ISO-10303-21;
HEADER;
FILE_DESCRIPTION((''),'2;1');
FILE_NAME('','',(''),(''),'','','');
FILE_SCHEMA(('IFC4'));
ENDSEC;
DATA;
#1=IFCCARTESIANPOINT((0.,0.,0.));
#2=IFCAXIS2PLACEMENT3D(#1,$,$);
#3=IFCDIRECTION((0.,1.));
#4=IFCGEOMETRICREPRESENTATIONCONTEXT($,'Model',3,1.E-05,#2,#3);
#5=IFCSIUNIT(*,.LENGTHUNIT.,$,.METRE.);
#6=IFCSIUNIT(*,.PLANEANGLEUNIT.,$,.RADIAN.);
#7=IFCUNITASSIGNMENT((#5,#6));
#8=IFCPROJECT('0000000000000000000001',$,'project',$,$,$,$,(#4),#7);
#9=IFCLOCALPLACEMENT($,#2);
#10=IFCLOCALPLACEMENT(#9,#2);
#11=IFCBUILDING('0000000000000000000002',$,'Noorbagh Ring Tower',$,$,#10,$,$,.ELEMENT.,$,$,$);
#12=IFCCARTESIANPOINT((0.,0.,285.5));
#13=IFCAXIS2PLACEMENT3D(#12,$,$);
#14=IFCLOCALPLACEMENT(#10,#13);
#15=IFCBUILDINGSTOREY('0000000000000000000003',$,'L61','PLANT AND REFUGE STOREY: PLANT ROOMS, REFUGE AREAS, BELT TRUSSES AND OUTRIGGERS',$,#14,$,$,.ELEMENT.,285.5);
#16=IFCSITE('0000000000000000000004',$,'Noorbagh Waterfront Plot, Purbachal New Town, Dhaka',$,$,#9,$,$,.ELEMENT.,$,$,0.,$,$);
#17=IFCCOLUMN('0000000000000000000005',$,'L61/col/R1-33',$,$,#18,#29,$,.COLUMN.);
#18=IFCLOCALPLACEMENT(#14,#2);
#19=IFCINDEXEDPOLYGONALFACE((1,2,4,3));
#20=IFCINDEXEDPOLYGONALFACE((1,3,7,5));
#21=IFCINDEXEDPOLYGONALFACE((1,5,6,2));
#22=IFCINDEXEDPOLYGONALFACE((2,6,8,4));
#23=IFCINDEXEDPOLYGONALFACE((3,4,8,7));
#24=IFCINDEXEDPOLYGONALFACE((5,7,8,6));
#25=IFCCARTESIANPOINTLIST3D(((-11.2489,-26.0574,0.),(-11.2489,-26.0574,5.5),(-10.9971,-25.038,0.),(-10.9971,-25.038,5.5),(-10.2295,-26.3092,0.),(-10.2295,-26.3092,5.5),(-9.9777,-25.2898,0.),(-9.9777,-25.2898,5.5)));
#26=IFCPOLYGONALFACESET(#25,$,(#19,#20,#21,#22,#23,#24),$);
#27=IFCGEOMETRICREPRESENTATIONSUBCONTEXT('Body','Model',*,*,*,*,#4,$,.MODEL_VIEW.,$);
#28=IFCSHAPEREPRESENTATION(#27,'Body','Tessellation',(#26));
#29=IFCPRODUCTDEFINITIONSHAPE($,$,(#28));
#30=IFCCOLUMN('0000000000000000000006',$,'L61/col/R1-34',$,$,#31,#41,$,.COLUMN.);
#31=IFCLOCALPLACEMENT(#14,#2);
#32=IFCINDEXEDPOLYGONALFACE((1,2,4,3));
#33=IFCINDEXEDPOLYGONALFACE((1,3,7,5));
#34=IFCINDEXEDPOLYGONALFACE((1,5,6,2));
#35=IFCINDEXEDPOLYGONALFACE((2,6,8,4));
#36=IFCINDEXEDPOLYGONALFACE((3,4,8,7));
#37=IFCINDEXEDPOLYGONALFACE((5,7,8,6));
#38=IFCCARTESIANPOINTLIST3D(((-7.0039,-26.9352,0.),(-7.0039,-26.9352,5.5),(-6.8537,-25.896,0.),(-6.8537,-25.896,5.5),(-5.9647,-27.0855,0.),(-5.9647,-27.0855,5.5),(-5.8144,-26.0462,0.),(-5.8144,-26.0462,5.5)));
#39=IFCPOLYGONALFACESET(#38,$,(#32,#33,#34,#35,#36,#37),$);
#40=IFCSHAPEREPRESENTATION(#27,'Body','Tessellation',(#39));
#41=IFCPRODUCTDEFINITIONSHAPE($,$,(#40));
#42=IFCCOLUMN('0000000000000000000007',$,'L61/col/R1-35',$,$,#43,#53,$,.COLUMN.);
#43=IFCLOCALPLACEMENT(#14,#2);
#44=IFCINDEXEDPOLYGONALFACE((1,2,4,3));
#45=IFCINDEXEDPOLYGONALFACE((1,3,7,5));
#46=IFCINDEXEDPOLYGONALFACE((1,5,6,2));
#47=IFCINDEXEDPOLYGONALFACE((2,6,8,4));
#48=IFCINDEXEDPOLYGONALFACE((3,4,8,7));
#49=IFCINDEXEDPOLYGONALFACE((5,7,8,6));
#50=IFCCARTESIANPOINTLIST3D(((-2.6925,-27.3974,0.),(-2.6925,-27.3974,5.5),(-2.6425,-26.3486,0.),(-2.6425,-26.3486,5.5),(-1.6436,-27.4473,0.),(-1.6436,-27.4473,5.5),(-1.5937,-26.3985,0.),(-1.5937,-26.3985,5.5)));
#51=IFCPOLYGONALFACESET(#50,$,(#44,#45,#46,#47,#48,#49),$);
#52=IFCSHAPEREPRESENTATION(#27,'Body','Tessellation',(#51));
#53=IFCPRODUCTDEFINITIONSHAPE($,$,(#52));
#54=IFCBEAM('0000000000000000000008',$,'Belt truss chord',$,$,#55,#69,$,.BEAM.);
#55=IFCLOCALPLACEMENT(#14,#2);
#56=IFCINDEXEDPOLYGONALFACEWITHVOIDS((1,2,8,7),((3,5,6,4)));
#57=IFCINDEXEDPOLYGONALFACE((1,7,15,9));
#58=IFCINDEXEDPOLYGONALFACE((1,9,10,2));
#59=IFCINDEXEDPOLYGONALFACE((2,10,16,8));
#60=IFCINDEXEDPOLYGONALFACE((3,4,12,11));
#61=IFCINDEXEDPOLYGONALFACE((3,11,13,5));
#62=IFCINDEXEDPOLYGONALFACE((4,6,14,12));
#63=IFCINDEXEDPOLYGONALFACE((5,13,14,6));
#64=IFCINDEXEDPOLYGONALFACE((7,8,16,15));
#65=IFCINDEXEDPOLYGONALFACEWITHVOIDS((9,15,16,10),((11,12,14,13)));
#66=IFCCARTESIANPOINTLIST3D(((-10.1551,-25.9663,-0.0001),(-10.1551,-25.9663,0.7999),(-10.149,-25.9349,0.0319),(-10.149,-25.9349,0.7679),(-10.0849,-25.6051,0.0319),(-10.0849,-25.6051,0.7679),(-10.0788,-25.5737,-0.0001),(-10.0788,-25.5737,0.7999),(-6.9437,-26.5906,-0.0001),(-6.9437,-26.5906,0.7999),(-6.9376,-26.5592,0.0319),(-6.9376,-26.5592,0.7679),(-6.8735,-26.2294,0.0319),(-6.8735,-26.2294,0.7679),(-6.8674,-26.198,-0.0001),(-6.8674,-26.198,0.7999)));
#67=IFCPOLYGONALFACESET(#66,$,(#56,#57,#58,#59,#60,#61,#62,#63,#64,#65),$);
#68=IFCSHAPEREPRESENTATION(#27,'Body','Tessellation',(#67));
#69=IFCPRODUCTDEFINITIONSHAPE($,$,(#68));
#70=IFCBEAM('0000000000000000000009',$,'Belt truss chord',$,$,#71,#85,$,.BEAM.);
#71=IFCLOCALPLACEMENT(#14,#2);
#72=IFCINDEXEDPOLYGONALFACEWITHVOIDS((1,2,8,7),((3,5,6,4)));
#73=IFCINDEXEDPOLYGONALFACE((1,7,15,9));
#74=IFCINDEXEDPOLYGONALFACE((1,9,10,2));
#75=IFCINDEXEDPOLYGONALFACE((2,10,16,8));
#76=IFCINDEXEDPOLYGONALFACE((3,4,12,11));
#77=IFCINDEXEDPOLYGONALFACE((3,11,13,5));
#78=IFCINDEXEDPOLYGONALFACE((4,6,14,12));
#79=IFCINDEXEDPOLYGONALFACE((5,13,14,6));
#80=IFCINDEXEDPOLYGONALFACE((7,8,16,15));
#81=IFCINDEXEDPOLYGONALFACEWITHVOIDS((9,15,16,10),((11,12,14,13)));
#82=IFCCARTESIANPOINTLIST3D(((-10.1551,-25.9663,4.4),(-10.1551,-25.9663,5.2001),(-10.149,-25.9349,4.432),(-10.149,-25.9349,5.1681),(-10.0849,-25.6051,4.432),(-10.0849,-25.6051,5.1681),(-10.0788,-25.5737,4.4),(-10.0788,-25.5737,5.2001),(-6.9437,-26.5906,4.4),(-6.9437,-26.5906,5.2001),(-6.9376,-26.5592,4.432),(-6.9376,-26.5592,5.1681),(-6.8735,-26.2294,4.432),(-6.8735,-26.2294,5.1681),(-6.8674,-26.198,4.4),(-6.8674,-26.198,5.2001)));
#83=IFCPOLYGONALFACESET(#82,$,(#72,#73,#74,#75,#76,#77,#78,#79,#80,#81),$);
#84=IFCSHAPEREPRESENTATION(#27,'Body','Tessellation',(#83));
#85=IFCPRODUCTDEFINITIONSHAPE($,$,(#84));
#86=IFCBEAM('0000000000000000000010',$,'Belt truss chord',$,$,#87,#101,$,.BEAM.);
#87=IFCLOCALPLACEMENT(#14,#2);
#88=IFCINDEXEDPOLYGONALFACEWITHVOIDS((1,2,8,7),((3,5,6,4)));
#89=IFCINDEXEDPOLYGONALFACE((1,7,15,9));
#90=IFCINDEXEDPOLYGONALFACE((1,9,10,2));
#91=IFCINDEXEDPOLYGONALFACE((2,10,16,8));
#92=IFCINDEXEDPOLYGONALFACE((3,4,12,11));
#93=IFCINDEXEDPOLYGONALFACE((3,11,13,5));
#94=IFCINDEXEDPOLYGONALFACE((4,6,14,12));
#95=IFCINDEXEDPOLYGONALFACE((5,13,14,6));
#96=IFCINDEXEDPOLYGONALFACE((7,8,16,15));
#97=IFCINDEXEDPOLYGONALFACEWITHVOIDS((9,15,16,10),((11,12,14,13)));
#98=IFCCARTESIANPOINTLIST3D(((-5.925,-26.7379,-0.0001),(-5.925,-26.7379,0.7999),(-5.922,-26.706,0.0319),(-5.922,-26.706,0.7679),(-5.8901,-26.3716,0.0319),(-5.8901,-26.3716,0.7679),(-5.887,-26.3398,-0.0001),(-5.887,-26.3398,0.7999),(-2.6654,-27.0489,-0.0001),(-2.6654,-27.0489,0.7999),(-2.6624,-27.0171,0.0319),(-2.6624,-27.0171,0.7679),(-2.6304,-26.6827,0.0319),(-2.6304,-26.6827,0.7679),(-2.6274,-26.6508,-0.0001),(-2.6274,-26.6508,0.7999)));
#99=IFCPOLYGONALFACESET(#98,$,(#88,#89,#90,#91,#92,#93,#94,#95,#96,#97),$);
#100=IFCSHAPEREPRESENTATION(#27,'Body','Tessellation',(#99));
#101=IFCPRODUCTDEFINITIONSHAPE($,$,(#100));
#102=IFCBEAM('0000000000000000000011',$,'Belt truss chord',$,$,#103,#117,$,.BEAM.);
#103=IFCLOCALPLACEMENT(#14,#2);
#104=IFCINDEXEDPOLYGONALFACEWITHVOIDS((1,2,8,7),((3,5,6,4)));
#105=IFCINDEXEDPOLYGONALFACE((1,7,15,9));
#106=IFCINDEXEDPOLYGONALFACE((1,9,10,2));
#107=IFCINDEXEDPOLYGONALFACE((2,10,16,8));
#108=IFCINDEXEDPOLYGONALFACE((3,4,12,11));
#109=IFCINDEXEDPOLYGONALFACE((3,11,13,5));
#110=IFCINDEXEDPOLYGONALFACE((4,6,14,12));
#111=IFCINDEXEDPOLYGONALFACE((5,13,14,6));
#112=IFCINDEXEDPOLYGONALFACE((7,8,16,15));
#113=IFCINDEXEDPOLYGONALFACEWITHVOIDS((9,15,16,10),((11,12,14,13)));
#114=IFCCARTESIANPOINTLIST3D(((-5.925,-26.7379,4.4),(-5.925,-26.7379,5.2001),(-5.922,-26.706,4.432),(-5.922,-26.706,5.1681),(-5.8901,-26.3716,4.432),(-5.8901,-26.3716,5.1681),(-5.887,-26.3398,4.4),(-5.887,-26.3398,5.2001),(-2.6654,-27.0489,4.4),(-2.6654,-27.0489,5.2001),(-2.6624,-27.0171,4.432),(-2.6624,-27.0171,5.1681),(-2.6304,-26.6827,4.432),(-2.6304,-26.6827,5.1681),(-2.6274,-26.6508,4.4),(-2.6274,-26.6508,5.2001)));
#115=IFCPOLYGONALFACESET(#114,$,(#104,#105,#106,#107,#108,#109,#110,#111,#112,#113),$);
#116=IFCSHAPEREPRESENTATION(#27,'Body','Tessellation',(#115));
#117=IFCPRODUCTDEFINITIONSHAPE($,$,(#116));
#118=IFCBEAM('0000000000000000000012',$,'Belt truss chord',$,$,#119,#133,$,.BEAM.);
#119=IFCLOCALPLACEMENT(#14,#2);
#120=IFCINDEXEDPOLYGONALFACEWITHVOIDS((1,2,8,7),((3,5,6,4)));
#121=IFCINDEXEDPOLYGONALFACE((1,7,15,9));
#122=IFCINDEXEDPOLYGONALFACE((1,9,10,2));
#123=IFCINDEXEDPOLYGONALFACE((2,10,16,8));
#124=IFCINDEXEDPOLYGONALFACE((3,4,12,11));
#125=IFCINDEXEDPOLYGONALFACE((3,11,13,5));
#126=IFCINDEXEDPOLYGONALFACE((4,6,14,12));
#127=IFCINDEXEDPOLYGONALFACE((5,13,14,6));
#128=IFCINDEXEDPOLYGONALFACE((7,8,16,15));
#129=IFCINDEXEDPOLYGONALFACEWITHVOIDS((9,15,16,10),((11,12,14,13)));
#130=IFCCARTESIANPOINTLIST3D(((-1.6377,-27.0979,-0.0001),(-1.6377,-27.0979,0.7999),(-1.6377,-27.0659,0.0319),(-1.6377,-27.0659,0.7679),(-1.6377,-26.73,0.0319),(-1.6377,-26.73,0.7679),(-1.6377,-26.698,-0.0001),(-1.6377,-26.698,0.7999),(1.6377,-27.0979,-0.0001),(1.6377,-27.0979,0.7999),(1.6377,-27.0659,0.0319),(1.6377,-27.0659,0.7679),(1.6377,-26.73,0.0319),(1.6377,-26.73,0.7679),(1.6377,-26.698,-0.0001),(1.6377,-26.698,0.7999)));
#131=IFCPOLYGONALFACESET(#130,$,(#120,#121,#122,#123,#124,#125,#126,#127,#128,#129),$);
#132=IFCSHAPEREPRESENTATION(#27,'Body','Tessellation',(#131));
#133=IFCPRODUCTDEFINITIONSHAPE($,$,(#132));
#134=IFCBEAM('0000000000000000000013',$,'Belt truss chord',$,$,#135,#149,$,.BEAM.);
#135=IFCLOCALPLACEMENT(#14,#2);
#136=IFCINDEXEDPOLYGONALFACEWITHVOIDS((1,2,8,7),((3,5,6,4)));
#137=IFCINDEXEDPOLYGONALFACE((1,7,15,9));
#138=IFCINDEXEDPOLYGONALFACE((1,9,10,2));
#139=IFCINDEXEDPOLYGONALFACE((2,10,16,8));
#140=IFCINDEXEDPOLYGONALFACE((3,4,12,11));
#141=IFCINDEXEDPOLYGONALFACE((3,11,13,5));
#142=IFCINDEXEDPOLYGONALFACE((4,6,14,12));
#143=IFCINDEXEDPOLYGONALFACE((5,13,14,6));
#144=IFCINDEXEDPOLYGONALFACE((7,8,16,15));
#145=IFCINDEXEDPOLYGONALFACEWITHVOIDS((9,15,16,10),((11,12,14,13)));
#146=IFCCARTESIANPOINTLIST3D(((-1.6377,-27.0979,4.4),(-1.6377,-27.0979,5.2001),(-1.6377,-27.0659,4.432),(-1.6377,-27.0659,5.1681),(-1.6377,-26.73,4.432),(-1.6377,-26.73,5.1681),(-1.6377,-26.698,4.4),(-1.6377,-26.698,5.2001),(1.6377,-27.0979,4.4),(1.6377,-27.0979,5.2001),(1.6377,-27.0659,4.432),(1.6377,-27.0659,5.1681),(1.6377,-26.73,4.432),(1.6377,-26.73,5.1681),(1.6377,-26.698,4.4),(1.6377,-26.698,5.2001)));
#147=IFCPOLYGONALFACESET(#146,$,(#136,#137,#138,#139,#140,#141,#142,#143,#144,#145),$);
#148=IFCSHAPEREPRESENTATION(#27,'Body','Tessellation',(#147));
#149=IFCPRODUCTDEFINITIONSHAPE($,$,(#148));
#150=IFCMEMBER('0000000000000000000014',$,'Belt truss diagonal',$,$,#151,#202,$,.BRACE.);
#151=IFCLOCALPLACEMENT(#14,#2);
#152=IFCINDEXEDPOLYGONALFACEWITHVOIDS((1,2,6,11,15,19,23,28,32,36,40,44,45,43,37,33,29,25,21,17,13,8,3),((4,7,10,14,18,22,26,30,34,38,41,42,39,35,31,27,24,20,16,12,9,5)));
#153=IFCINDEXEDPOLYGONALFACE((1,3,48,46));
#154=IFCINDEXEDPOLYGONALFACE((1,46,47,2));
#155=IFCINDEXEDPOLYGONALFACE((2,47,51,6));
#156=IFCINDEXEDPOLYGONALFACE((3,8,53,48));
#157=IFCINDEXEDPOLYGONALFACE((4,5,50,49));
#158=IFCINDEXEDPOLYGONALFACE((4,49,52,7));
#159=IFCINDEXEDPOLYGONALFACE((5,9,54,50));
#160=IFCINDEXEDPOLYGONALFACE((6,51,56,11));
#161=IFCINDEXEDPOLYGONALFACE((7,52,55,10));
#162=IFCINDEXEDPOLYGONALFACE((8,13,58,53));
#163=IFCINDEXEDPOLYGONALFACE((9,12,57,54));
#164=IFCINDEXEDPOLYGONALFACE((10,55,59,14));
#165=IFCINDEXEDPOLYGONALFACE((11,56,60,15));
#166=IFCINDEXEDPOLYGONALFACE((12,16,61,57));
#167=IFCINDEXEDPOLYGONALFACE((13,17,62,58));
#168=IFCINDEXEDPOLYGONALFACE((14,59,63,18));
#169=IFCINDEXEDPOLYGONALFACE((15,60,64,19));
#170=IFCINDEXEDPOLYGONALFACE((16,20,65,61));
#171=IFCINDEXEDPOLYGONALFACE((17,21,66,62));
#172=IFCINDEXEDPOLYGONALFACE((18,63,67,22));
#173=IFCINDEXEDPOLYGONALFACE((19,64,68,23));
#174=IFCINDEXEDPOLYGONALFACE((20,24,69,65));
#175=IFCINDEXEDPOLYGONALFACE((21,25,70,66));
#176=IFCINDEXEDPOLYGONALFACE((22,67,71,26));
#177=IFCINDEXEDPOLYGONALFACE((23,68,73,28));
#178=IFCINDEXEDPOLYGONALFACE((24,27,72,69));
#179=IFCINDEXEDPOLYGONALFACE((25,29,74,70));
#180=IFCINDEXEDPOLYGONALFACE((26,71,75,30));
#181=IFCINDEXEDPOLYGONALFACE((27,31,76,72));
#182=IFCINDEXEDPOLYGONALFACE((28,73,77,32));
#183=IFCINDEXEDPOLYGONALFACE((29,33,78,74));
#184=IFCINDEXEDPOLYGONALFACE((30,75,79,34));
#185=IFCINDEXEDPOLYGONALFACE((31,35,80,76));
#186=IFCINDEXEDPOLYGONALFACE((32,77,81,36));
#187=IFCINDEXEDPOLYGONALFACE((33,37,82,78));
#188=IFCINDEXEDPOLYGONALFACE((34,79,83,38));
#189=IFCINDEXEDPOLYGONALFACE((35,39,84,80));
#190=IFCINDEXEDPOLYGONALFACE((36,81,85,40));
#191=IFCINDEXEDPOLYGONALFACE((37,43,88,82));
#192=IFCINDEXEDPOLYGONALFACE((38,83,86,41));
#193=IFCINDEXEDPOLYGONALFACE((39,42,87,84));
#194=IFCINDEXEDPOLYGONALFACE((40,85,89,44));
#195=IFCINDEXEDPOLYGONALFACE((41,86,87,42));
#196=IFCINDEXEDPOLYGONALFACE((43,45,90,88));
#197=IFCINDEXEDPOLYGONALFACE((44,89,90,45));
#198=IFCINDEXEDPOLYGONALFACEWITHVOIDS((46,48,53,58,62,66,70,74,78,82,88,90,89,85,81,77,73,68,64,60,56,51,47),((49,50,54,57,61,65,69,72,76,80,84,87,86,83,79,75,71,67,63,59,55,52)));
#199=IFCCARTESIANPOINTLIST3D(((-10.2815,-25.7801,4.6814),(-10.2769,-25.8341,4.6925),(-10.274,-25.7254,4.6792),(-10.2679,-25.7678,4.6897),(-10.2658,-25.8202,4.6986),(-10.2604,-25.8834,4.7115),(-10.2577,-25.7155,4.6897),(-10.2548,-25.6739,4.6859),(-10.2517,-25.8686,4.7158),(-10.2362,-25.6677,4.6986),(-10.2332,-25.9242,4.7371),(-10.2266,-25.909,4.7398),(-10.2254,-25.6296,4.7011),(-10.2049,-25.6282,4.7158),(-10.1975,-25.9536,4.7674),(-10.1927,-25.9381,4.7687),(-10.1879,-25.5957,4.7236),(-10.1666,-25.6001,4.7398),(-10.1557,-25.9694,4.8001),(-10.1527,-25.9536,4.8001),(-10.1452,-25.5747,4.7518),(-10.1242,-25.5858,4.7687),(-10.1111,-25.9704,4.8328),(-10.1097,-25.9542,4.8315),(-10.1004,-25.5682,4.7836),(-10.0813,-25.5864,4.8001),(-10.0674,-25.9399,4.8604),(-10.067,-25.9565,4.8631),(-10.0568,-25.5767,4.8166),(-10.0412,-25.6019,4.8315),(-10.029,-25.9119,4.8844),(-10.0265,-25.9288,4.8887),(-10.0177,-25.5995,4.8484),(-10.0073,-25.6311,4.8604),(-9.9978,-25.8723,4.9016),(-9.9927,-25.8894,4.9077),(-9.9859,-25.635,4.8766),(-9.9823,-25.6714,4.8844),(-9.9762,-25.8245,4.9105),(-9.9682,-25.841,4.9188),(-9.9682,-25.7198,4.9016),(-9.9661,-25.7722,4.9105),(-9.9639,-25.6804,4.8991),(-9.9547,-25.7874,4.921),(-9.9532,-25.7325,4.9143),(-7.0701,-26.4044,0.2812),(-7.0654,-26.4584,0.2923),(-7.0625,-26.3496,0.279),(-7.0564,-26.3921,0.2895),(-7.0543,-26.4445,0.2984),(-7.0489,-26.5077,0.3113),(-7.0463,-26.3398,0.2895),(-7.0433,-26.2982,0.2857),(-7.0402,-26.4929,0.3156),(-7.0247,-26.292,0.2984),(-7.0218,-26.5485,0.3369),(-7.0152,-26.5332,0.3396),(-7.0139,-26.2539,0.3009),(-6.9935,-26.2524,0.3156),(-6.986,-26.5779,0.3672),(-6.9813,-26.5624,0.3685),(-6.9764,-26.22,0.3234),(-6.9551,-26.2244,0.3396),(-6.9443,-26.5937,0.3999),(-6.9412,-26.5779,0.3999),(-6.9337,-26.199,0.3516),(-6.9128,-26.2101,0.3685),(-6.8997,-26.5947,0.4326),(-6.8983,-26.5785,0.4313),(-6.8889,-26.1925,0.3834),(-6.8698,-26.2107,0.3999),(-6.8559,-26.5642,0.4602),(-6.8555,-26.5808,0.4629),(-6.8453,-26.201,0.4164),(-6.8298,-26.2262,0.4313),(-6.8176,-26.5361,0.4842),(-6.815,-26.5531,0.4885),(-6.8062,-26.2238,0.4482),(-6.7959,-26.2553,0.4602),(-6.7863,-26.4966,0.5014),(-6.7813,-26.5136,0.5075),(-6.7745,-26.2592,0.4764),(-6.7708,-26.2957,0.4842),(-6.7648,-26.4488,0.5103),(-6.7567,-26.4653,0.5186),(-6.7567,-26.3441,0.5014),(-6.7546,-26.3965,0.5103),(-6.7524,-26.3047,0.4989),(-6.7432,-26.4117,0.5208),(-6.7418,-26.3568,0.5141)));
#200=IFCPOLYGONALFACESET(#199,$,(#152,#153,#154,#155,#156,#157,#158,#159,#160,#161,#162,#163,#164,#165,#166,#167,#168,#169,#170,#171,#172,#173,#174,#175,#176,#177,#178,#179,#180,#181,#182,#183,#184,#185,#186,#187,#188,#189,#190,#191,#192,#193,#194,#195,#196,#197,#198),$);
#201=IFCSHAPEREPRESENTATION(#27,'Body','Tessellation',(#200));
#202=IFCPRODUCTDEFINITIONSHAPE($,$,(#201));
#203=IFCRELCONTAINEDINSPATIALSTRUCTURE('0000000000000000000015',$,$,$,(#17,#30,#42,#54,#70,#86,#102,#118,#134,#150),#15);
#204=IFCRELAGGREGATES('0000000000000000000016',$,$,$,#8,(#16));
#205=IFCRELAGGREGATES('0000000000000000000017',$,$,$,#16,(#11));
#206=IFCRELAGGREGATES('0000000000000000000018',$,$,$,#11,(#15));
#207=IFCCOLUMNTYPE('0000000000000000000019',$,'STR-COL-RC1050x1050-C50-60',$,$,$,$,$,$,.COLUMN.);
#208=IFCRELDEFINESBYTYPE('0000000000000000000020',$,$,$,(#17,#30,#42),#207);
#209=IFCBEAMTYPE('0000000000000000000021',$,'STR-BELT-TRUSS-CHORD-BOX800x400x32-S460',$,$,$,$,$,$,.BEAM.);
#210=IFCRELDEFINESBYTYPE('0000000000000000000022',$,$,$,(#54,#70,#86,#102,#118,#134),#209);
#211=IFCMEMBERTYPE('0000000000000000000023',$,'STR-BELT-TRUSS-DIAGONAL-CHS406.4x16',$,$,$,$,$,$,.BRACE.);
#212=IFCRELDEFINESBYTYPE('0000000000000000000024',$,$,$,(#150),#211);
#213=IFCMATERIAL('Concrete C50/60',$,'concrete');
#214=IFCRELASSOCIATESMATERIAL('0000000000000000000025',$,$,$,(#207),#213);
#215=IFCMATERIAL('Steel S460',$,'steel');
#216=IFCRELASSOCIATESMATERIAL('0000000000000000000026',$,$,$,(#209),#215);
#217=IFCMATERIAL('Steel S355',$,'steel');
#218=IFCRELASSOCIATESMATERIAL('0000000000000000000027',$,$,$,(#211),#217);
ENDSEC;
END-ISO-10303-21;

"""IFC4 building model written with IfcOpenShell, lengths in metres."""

from ifc_helpers import new_model, si_unit, direction, frame, origin, origin_2d, place, context, subcontext, project, spatial, rectangle, hollow_rectangle, hollow_circle, extrude, material, material_profile, profile_set, type_object, element, save


model = new_model("IFC4")

# Units and contexts
model_context = context("Model", 3, precision=1e-05, world=origin(), true_north=direction((0.0, 1.0)))
body_context = subcontext(model_context, "Body", "Model", "MODEL_VIEW")
ifc_project = project(units=[si_unit("LENGTHUNIT", "METRE"), si_unit("PLANEANGLEUNIT", "RADIAN")], contexts=[model_context])

# Site, building, storey
site_placement = place(None, origin())
site = spatial("IfcSite", under=ifc_project, at=site_placement, Name="Noorbagh Waterfront Plot, Purbachal New Town, Dhaka", CompositionType="ELEMENT", RefElevation=0.0)
building_placement = place(site_placement, origin())
building = spatial("IfcBuilding", under=site, at=building_placement, Name="Noorbagh Ring Tower", CompositionType="ELEMENT")
storey_placement = place(building_placement, frame((0.0, 0.0, 285.5)))
storey = spatial("IfcBuildingStorey", under=building, at=storey_placement, Name="L61", Description="PLANT AND REFUGE STOREY: PLANT ROOMS, REFUGE AREAS, BELT TRUSSES AND OUTRIGGERS", CompositionType="ELEMENT", Elevation=285.5)

# Columns
ifc_material_1 = material(Name="Concrete C50/60", Category="concrete")
ifc_material_profile_1 = material_profile(ifc_material_1, rectangle(XDim=1.05, YDim=1.05, at=origin_2d()), Name="RC1050x1050")
ifc_profile_set_1 = profile_set([ifc_material_profile_1], Name="Concrete C50/60")
column_type = type_object("IfcColumnType", Name="STR-COL-RC1050x1050-C50-60", PredefinedType="COLUMN", material=ifc_profile_set_1)
for number, where, z_axis, x_axis, name in (
    (1, (-10.6133, -25.6736, 0.0), (0.0, 0.0, 1.0), (0.970829, -0.239771, 0.0), "L61/col/R1-33"),
    (2, (-6.4092, -26.4907, 0.0), (0.0, 0.0, 1.0), (0.989713, -0.143066, 0.0), "L61/col/R1-34"),
    (3, (-2.1431, -26.8979, 0.0), (0.0, 0.0, 1.0), (0.998869, -0.047553, 0.0), "L61/col/R1-35"),
):
    element("IfcColumn", number, at=place(storey_placement, frame(where, z_axis=z_axis, x_axis=x_axis)), inside=storey, type_object=column_type, Name=name, PredefinedType="COLUMN", context=body_context, shape_type="SweptSolid", body=[
        extrude(rectangle(XDim=1.05, YDim=1.05, at=origin_2d()), origin(), (0.0, 0.0, 1.0), 5.5),
    ])

# Beams
ifc_material_2 = material(Name="Steel S460", Category="steel")
ifc_material_profile_2 = material_profile(ifc_material_2, hollow_rectangle(XDim=0.3999, YDim=0.8, WallThickness=0.032, at=origin_2d()), Name="BOX800x400x32")
ifc_profile_set_2 = profile_set([ifc_material_profile_2], Name="Steel S460")
beam_type_1 = type_object("IfcBeamType", Name="STR-BELT-TRUSS-CHORD-BOX800x400x32-S460", PredefinedType="BEAM", material=ifc_profile_set_2)
for number, where, z_axis, x_axis, name in (
    (4, (-10.1169, -25.77, 0.3999), (0.981625, -0.190818, 0.0), (0.190818, 0.981625, 0.0), "Belt truss chord"),
    (5, (-10.1169, -25.77, 4.8), (0.981625, -0.190818, 0.0), (0.190818, 0.981625, 0.0), "Belt truss chord"),
):
    element("IfcBeam", number, at=place(storey_placement, frame(where, z_axis=z_axis, x_axis=x_axis)), inside=storey, type_object=beam_type_1, Name=name, PredefinedType="BEAM", context=body_context, shape_type="SweptSolid", body=[
        extrude(hollow_rectangle(XDim=0.3999, YDim=0.8, WallThickness=0.032, at=origin_2d()), origin(), (0.0, 0.0, 1.0), 3.2715),
    ])
for number, where, z_axis, x_axis, name in (
    (6, (-5.906, -26.5388, 0.3999), (0.995478, -0.094992, 0.0), (0.094992, 0.995478, 0.0), "Belt truss chord"),
    (7, (-5.906, -26.5388, 4.8), (0.995478, -0.094992, 0.0), (0.094992, 0.995478, 0.0), "Belt truss chord"),
):
    element("IfcBeam", number, at=place(storey_placement, frame(where, z_axis=z_axis, x_axis=x_axis)), inside=storey, type_object=beam_type_1, Name=name, PredefinedType="BEAM", context=body_context, shape_type="SweptSolid", body=[
        extrude(hollow_rectangle(XDim=0.3999, YDim=0.8, WallThickness=0.032, at=origin_2d()), origin(), (0.0, 0.0, 1.0), 3.2744),
    ])
for number, where, z_axis, x_axis, name in (
    (8, (-1.6377, -26.8979, 0.3999), (1.0, 0.0, 0.0), (0.0, 1.0, 0.0), "Belt truss chord"),
    (9, (-1.6377, -26.8979, 4.8), (1.0, 0.0, 0.0), (0.0, 1.0, 0.0), "Belt truss chord"),
):
    element("IfcBeam", number, at=place(storey_placement, frame(where, z_axis=z_axis, x_axis=x_axis)), inside=storey, type_object=beam_type_1, Name=name, PredefinedType="BEAM", context=body_context, shape_type="SweptSolid", body=[
        extrude(hollow_rectangle(XDim=0.3999, YDim=0.8, WallThickness=0.032, at=origin_2d()), origin(), (0.0, 0.0, 1.0), 3.2754),
    ])

# Member
ifc_material_3 = material(Name="Steel S355", Category="steel")
ifc_material_profile_3 = material_profile(ifc_material_3, hollow_circle(Radius=0.2031, WallThickness=0.0161, at=origin_2d()), Name="CHS406.4x16")
ifc_profile_set_3 = profile_set([ifc_material_profile_3], Name="Steel S355")
member_type = type_object("IfcMemberType", Name="STR-BELT-TRUSS-DIAGONAL-CHS406.4x16", PredefinedType="BRACE", material=ifc_profile_set_3)
member_1_placement = place(storey_placement, frame((-6.9055, -26.3943, 0.3999), z_axis=(-0.585697, 0.113853, 0.802494), x_axis=(-0.190818, -0.981625, 0.0)))
element("IfcMember", 10, at=member_1_placement, inside=storey, type_object=member_type, Name="Belt truss diagonal", PredefinedType="BRACE", context=body_context, shape_type="SweptSolid", body=[
    extrude(hollow_circle(Radius=0.2031, WallThickness=0.0161, at=origin_2d()), origin(), (0.0, 0.0, 1.0), 5.4832),
])

save(model, "model.ifc")
